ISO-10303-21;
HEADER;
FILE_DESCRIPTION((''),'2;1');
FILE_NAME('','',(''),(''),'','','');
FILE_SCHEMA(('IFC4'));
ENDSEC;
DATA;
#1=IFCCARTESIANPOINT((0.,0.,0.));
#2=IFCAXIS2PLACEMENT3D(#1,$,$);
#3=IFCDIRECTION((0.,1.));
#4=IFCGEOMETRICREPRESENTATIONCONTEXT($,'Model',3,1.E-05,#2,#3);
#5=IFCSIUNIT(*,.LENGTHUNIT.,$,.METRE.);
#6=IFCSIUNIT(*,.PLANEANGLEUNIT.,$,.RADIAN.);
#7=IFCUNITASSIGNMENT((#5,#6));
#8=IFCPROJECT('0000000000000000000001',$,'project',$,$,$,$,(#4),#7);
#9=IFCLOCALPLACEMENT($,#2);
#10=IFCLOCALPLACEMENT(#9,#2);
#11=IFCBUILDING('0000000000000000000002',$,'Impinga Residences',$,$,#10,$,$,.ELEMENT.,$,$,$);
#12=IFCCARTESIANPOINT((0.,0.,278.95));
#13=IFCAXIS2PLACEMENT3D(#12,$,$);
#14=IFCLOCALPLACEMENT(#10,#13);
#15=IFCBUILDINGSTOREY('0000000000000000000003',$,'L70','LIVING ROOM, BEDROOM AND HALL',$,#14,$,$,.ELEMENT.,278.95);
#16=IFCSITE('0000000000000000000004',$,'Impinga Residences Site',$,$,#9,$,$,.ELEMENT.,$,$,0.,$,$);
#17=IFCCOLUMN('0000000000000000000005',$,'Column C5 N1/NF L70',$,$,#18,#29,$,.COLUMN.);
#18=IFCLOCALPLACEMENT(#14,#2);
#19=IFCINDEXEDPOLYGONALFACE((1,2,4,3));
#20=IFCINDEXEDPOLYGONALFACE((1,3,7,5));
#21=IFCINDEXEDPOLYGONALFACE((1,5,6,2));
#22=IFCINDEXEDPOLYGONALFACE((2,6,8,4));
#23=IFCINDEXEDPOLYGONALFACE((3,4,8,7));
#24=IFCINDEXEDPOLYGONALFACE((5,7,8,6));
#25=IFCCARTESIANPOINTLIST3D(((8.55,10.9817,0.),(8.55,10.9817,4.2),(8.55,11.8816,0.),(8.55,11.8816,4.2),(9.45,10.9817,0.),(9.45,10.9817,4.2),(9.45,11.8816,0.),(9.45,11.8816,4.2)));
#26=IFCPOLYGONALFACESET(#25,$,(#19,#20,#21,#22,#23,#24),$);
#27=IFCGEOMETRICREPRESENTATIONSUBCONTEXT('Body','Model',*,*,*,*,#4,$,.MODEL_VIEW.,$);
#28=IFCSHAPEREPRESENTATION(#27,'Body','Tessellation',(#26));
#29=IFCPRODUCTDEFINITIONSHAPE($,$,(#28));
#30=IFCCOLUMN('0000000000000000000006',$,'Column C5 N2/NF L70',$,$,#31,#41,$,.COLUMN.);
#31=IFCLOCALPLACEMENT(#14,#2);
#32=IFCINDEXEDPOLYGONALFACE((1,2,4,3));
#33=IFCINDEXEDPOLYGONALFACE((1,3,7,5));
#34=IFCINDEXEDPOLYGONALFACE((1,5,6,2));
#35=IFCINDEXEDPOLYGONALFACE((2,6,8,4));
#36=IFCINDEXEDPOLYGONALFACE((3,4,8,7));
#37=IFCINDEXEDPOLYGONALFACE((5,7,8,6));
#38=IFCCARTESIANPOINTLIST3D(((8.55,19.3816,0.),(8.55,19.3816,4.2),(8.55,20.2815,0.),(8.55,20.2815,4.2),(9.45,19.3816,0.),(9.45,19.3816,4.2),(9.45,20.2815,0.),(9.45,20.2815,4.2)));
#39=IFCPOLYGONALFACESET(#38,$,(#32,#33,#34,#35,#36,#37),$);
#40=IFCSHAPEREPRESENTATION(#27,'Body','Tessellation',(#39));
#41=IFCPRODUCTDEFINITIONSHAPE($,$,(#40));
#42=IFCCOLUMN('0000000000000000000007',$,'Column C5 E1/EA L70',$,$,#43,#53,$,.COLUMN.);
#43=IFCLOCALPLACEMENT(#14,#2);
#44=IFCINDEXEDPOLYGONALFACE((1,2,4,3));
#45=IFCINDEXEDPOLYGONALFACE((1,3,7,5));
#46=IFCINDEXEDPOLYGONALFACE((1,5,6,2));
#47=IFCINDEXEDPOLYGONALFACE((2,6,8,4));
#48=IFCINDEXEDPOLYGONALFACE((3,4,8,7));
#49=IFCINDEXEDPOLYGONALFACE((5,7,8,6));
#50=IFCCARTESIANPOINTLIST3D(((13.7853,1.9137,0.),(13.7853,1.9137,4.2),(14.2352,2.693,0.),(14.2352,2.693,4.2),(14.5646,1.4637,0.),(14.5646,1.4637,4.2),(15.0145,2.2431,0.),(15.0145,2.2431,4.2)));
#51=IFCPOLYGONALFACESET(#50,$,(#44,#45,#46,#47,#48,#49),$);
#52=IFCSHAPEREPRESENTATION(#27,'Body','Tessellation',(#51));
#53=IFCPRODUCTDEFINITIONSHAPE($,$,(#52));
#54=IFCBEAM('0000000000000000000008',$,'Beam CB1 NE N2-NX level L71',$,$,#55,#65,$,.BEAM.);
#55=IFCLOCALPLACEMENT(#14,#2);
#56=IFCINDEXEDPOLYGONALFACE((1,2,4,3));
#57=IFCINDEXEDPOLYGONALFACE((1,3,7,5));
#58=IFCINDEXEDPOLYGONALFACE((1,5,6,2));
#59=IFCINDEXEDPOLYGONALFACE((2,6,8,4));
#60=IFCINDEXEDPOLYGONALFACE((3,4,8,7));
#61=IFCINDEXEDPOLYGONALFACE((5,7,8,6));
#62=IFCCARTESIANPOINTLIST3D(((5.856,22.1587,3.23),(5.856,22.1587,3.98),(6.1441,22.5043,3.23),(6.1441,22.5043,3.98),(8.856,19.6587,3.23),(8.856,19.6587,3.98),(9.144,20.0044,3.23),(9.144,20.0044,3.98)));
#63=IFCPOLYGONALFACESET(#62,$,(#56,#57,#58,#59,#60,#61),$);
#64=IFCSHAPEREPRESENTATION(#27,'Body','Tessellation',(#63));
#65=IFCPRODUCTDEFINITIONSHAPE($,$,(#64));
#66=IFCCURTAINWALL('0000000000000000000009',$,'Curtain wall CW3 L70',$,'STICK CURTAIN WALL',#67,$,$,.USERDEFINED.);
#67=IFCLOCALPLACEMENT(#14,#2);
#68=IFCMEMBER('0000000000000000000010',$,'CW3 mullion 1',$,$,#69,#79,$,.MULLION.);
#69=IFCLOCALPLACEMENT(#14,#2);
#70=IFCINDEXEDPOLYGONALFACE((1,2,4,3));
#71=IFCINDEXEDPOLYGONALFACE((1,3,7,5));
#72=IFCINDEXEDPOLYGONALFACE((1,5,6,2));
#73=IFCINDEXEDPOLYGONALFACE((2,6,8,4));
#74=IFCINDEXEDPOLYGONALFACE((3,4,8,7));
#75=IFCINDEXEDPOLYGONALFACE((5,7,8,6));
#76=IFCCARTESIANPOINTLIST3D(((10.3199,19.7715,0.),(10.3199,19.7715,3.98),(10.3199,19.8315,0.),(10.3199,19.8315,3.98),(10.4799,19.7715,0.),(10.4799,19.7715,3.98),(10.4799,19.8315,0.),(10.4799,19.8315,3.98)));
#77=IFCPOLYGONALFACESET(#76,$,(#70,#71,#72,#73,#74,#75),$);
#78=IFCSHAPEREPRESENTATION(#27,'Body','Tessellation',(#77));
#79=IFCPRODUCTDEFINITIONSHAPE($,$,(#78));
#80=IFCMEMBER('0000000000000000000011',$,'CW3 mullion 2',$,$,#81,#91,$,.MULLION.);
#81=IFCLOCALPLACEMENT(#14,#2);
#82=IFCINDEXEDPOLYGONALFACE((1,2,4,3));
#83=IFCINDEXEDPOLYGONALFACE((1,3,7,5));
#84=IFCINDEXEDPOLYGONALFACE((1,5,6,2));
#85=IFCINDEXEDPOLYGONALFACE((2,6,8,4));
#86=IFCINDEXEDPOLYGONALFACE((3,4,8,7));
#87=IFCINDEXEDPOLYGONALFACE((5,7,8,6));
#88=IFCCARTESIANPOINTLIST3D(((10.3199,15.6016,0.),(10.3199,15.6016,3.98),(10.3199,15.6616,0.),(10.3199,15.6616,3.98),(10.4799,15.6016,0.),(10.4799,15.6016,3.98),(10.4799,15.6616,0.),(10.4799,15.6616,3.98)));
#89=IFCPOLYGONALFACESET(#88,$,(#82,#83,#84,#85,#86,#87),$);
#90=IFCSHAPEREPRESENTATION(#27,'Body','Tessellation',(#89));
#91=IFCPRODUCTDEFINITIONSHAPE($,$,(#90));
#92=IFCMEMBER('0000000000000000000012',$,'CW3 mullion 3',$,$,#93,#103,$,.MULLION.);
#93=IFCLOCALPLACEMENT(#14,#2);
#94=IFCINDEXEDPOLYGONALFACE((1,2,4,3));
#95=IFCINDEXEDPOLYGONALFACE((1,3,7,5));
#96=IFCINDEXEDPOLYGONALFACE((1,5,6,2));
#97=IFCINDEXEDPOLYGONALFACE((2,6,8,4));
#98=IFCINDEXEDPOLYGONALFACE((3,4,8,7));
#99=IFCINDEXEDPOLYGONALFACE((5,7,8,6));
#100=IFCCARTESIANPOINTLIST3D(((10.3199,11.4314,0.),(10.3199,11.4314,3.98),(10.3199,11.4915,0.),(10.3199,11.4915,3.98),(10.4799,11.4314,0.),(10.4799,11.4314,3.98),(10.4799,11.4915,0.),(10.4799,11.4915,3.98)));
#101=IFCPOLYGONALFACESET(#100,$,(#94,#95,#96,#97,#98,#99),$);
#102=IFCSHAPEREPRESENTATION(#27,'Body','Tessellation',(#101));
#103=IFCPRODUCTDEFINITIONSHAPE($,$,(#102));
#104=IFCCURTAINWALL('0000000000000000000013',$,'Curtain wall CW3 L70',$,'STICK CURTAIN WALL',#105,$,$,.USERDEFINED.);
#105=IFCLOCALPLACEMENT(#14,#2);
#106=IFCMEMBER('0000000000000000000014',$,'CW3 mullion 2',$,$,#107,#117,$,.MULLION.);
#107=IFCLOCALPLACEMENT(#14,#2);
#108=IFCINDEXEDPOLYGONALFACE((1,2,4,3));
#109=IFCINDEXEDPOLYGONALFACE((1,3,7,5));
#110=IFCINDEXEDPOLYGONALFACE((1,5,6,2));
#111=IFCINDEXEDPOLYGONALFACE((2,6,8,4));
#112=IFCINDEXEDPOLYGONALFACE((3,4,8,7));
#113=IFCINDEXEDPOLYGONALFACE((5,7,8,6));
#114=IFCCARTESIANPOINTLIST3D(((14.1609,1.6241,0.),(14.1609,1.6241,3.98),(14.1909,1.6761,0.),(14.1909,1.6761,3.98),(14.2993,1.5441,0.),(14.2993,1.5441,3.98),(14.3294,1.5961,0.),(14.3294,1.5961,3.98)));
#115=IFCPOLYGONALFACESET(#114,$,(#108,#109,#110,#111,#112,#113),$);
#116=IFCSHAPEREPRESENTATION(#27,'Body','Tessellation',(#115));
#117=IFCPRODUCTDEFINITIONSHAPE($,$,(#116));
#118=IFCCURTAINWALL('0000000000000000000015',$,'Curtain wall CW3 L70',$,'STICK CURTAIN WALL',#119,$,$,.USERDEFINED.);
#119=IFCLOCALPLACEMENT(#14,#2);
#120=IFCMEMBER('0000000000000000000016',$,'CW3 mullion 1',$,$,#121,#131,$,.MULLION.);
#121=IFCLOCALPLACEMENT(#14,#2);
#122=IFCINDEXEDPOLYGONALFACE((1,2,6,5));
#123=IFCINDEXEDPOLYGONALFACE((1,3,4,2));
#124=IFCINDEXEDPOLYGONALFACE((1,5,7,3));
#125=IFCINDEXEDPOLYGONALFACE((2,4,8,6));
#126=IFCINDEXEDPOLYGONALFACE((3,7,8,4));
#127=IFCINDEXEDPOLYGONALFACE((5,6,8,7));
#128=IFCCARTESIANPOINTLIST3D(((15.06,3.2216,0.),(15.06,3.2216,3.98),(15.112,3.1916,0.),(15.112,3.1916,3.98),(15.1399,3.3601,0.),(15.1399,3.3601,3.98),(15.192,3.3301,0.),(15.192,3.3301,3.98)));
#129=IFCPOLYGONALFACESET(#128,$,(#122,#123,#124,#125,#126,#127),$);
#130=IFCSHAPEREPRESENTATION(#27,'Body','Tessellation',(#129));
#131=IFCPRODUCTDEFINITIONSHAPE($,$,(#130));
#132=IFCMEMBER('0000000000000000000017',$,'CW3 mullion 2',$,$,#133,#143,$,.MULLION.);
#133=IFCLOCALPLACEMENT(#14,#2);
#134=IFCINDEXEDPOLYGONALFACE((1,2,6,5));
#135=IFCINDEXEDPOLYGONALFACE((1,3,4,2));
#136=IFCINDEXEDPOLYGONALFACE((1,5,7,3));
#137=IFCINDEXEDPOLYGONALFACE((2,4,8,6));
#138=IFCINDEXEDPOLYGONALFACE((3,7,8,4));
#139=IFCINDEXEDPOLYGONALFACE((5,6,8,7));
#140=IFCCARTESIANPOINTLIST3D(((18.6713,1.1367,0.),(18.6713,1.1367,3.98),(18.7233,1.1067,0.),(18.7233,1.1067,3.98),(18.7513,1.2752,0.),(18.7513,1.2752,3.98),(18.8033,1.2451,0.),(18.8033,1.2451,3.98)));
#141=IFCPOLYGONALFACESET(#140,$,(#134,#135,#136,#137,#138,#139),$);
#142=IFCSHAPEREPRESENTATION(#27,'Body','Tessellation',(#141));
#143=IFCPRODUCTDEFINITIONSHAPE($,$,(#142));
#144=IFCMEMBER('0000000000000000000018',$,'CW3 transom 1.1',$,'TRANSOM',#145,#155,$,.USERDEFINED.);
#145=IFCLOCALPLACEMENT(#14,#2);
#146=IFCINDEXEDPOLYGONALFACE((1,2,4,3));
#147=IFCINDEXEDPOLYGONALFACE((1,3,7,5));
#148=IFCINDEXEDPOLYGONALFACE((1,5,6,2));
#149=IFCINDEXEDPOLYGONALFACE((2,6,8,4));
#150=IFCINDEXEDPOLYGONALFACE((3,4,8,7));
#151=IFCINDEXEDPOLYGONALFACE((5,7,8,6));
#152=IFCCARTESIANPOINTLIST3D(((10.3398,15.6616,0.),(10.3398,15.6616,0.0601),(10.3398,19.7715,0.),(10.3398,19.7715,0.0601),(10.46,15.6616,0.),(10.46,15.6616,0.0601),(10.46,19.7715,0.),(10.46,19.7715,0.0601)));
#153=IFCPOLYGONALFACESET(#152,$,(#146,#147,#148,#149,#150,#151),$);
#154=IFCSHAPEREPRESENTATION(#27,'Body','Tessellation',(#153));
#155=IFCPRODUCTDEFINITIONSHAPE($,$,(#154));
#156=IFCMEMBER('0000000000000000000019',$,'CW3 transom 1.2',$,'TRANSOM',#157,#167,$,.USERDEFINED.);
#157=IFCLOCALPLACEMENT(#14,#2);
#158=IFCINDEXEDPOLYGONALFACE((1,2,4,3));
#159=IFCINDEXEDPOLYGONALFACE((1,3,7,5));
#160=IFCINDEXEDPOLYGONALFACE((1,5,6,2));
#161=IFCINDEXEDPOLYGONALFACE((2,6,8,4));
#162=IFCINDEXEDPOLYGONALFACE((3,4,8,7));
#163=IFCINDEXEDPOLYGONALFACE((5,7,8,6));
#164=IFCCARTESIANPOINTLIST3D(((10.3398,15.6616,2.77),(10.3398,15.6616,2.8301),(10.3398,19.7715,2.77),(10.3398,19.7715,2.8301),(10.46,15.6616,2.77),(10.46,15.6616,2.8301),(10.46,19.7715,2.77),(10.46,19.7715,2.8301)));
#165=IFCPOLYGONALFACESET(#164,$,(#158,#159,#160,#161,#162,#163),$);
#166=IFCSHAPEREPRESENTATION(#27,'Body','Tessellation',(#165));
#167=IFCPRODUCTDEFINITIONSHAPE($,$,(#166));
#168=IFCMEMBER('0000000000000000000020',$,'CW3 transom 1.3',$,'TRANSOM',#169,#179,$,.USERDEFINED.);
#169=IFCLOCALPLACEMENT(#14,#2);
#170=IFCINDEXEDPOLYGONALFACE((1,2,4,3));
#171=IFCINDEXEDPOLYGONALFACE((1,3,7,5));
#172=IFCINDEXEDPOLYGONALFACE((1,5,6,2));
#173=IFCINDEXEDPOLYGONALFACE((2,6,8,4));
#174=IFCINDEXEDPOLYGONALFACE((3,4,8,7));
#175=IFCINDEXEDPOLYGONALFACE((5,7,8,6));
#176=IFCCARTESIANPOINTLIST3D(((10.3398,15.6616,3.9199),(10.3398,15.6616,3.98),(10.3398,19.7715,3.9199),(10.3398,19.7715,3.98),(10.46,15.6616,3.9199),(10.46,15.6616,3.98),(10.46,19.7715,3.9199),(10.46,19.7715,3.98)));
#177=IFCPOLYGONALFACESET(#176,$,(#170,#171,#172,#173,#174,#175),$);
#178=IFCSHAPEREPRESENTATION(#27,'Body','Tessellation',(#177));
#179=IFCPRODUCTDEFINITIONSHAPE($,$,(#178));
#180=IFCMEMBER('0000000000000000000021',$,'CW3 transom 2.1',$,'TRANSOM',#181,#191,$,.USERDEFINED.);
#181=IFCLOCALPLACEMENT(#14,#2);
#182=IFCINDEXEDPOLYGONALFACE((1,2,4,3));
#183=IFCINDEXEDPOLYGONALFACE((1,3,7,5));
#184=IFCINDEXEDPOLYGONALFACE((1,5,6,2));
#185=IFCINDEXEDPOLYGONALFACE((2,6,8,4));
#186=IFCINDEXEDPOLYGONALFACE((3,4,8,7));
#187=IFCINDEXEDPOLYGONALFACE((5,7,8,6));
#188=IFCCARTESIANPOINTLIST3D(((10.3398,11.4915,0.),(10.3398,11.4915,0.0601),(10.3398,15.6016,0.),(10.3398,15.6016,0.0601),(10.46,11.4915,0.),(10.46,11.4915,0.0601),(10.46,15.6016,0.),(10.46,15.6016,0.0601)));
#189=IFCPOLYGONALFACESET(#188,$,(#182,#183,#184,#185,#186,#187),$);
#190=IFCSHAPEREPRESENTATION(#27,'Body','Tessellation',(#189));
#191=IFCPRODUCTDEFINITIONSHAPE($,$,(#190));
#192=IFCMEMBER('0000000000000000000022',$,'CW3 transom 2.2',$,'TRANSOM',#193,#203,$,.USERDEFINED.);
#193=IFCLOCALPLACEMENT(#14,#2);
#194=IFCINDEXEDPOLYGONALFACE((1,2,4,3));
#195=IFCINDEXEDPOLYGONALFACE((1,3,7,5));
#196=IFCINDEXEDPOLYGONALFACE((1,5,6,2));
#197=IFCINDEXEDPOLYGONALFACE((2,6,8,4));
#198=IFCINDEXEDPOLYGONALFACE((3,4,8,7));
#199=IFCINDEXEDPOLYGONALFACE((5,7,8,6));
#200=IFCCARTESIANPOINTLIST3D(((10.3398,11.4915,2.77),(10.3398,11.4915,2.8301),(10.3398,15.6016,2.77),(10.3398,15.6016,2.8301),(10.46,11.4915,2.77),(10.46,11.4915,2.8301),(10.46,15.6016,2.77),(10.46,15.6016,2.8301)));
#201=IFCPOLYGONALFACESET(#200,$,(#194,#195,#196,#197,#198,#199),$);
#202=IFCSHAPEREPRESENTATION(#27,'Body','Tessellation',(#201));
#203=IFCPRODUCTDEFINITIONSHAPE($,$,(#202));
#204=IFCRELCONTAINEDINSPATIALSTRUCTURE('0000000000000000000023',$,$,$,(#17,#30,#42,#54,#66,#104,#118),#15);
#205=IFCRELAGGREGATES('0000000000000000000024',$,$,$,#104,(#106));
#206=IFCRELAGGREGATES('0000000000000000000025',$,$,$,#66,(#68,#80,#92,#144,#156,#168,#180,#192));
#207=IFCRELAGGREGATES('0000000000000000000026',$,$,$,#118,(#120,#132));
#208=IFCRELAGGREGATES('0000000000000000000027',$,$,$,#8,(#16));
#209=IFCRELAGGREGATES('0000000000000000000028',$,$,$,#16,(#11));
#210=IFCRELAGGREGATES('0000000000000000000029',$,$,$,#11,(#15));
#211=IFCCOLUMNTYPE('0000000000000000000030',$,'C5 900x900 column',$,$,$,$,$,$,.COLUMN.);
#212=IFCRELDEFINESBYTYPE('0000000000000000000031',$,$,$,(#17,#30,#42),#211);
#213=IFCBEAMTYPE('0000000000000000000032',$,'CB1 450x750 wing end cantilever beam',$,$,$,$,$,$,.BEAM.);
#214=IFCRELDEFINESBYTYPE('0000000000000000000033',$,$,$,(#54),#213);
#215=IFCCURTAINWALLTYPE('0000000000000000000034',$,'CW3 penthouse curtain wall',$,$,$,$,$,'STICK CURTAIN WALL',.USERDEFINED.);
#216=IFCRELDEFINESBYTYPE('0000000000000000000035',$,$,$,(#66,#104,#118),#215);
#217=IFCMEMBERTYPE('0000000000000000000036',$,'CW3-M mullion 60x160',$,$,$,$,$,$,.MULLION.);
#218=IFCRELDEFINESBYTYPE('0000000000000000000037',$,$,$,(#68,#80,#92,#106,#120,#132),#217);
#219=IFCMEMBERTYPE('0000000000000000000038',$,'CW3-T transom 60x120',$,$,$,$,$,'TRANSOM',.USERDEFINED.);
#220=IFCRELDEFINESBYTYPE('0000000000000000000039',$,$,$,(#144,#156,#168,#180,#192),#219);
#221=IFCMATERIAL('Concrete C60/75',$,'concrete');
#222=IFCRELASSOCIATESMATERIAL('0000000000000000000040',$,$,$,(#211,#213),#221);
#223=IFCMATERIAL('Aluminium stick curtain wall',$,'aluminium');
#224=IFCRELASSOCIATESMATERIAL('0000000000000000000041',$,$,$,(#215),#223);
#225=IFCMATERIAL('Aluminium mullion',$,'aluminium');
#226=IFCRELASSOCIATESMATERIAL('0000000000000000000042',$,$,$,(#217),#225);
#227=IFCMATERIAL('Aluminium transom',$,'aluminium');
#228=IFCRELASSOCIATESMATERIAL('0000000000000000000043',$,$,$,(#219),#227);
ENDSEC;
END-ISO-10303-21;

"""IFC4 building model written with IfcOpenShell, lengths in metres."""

from ifc_helpers import new_model, si_unit, direction, frame, origin, origin_2d, place, context, subcontext, project, spatial, rectangle, extrude, material, material_profile, profile_set, type_object, element, aggregate, save


model = new_model("IFC4")

# Units and contexts
model_context = context("Model", 3, precision=1e-05, world=origin(), true_north=direction((0.0, 1.0)))
body_context = subcontext(model_context, "Body", "Model", "MODEL_VIEW")
ifc_project = project(units=[si_unit("LENGTHUNIT", "METRE"), si_unit("PLANEANGLEUNIT", "RADIAN")], contexts=[model_context])

# Site, building, storey
site_placement = place(None, origin())
site = spatial("IfcSite", under=ifc_project, at=site_placement, Name="Impinga Residences Site", CompositionType="ELEMENT", RefElevation=0.0)
building_placement = place(site_placement, origin())
building = spatial("IfcBuilding", under=site, at=building_placement, Name="Impinga Residences", CompositionType="ELEMENT")
storey_placement = place(building_placement, frame((0.0, 0.0, 278.95)))
storey = spatial("IfcBuildingStorey", under=building, at=storey_placement, Name="L70", Description="LIVING ROOM, BEDROOM AND HALL", CompositionType="ELEMENT", Elevation=278.95)

# Columns
ifc_material_1 = material(Name="Concrete C60/75", Category="concrete")
ifc_material_profile_1 = material_profile(ifc_material_1, rectangle(XDim=0.8999, YDim=0.8999, at=origin_2d()), Name="RC 900x900")
ifc_profile_set_1 = profile_set([ifc_material_profile_1], Name="Concrete C60/75")
column_type = type_object("IfcColumnType", Name="C5 900x900 column", PredefinedType="COLUMN", material=ifc_profile_set_1)
for number, where, z_axis, x_axis, name in (
    (1, (9.0, 11.4316, 0.0), (0.0, 0.0, 1.0), (1.0, 0.0, 0.0), "Column C5 N1/NF L70"),
    (2, (9.0, 19.8315, 0.0), (0.0, 0.0, 1.0), (1.0, 0.0, 0.0), "Column C5 N2/NF L70"),
    (3, (14.3999, 2.0784, 0.0), (0.0, 0.0, 1.0), (-0.5, -0.866025, 0.0), "Column C5 E1/EA L70"),
):
    element("IfcColumn", number, at=place(storey_placement, frame(where, z_axis=z_axis, x_axis=x_axis)), inside=storey, type_object=column_type, Name=name, PredefinedType="COLUMN", context=body_context, shape_type="SweptSolid", body=[
        extrude(rectangle(XDim=0.8999, YDim=0.8999, at=origin_2d()), origin(), (0.0, 0.0, 1.0), 4.2),
    ])

# Beam
ifc_material_profile_2 = material_profile(ifc_material_1, rectangle(XDim=0.45, YDim=0.75, at=origin_2d()), Name="RC 450x750")
ifc_profile_set_2 = profile_set([ifc_material_profile_2], Name="Concrete C60/75")
beam_type_1 = type_object("IfcBeamType", Name="CB1 450x750 wing end cantilever beam", PredefinedType="BEAM", material=ifc_profile_set_2)
beam_placement = place(storey_placement, frame((9.0, 19.8315, 3.605), z_axis=(-0.768221, 0.640184, 0.0), x_axis=(-0.640184, -0.768221, 0.0)))
element("IfcBeam", 4, at=beam_placement, inside=storey, type_object=beam_type_1, Name="Beam CB1 NE N2-NX level L71", PredefinedType="BEAM", context=body_context, shape_type="SweptSolid", body=[
    extrude(rectangle(XDim=0.45, YDim=0.75, at=origin_2d()), origin(), (0.0, 0.0, 1.0), 3.905),
])

# Curtain wall, members
ifc_material_2 = material(Name="Aluminium stick curtain wall", Category="aluminium")
curtain_wall_type = type_object("IfcCurtainWallType", Name="CW3 penthouse curtain wall", ElementType="STICK CURTAIN WALL", PredefinedType="USERDEFINED", material=ifc_material_2)
curtain_wall_1_placement = place(storey_placement, origin())
curtain_wall_1 = element("IfcCurtainWall", 5, at=curtain_wall_1_placement, inside=storey, type_object=curtain_wall_type, Name="Curtain wall CW3 L70", ObjectType="STICK CURTAIN WALL", PredefinedType="USERDEFINED")
ifc_material_3 = material(Name="Aluminium mullion", Category="aluminium")
ifc_material_profile_3 = material_profile(ifc_material_3, rectangle(XDim=0.0601, YDim=0.1599, at=origin_2d()), Name="60x160 mullion")
ifc_profile_set_3 = profile_set([ifc_material_profile_3], Name="Aluminium mullion")
member_type_1 = type_object("IfcMemberType", Name="CW3-M mullion 60x160", PredefinedType="MULLION", material=ifc_profile_set_3)
member_1_placement = place(storey_placement, frame((10.3999, 19.8015, 0.0), z_axis=(0.0, 0.0, 1.0), x_axis=(0.0, -1.0, 0.0)))
member_1 = element("IfcMember", 6, at=member_1_placement, type_object=member_type_1, Name="CW3 mullion 1", PredefinedType="MULLION", context=body_context, shape_type="SweptSolid", body=[
    extrude(rectangle(XDim=0.0601, YDim=0.1599, at=origin_2d()), origin(), (0.0, 0.0, 1.0), 3.98),
])
member_2_placement = place(storey_placement, frame((10.3999, 15.6316, 0.0), z_axis=(0.0, 0.0, 1.0), x_axis=(0.0, -1.0, 0.0)))
member_2 = element("IfcMember", 7, at=member_2_placement, type_object=member_type_1, Name="CW3 mullion 2", PredefinedType="MULLION", context=body_context, shape_type="SweptSolid", body=[
    extrude(rectangle(XDim=0.0601, YDim=0.1599, at=origin_2d()), origin(), (0.0, 0.0, 1.0), 3.98),
])
member_3_placement = place(storey_placement, frame((10.3999, 11.4614, 0.0), z_axis=(0.0, 0.0, 1.0), x_axis=(0.0, -1.0, 0.0)))
member_3 = element("IfcMember", 8, at=member_3_placement, type_object=member_type_1, Name="CW3 mullion 3", PredefinedType="MULLION", context=body_context, shape_type="SweptSolid", body=[
    extrude(rectangle(XDim=0.0601, YDim=0.1599, at=origin_2d()), origin(), (0.0, 0.0, 1.0), 3.98),
])

# Curtain wall, member
curtain_wall_2_placement = place(storey_placement, origin())
curtain_wall_2 = element("IfcCurtainWall", 9, at=curtain_wall_2_placement, inside=storey, type_object=curtain_wall_type, Name="Curtain wall CW3 L70", ObjectType="STICK CURTAIN WALL", PredefinedType="USERDEFINED")
member_4_placement = place(storey_placement, frame((14.2451, 1.6101, 0.0), z_axis=(0.0, 0.0, 1.0), x_axis=(0.5, 0.866025, 0.0)))
member_4 = element("IfcMember", 10, at=member_4_placement, type_object=member_type_1, Name="CW3 mullion 2", PredefinedType="MULLION", context=body_context, shape_type="SweptSolid", body=[
    extrude(rectangle(XDim=0.0601, YDim=0.1599, at=origin_2d()), origin(), (0.0, 0.0, 1.0), 3.98),
])
aggregate(curtain_wall_2, [member_4])

# Curtain wall, members
curtain_wall_3_placement = place(storey_placement, origin())
curtain_wall_3 = element("IfcCurtainWall", 11, at=curtain_wall_3_placement, inside=storey, type_object=curtain_wall_type, Name="Curtain wall CW3 L70", ObjectType="STICK CURTAIN WALL", PredefinedType="USERDEFINED")
member_5_placement = place(storey_placement, frame((15.126, 3.2759, 0.0), z_axis=(0.0, 0.0, 1.0), x_axis=(0.866025, -0.5, 0.0)))
member_5 = element("IfcMember", 12, at=member_5_placement, type_object=member_type_1, Name="CW3 mullion 1", PredefinedType="MULLION", context=body_context, shape_type="SweptSolid", body=[
    extrude(rectangle(XDim=0.0601, YDim=0.1599, at=origin_2d()), origin(), (0.0, 0.0, 1.0), 3.98),
])
member_6_placement = place(storey_placement, frame((18.7373, 1.1909, 0.0), z_axis=(0.0, 0.0, 1.0), x_axis=(0.866025, -0.5, 0.0)))
member_6 = element("IfcMember", 13, at=member_6_placement, type_object=member_type_1, Name="CW3 mullion 2", PredefinedType="MULLION", context=body_context, shape_type="SweptSolid", body=[
    extrude(rectangle(XDim=0.0601, YDim=0.1599, at=origin_2d()), origin(), (0.0, 0.0, 1.0), 3.98),
])

# Members
ifc_material_4 = material(Name="Aluminium transom", Category="aluminium")
ifc_material_profile_4 = material_profile(ifc_material_4, rectangle(XDim=0.0601, YDim=0.1201, at=origin_2d()), Name="60x120 transom")
ifc_profile_set_4 = profile_set([ifc_material_profile_4], Name="Aluminium transom")
member_type_2 = type_object("IfcMemberType", Name="CW3-T transom 60x120", ElementType="TRANSOM", PredefinedType="USERDEFINED", material=ifc_profile_set_4)
member_7_placement = place(storey_placement, frame((10.3999, 19.7715, 0.03), z_axis=(0.0, -1.0, 0.0), x_axis=(0.0, 0.0, 1.0)))
member_7 = element("IfcMember", 14, at=member_7_placement, type_object=member_type_2, Name="CW3 transom 1.1", ObjectType="TRANSOM", PredefinedType="USERDEFINED", context=body_context, shape_type="SweptSolid", body=[
    extrude(rectangle(XDim=0.0601, YDim=0.1201, at=origin_2d()), origin(), (0.0, 0.0, 1.0), 4.1099),
])
member_8_placement = place(storey_placement, frame((10.3999, 19.7715, 2.8), z_axis=(0.0, -1.0, 0.0), x_axis=(0.0, 0.0, 1.0)))
member_8 = element("IfcMember", 15, at=member_8_placement, type_object=member_type_2, Name="CW3 transom 1.2", ObjectType="TRANSOM", PredefinedType="USERDEFINED", context=body_context, shape_type="SweptSolid", body=[
    extrude(rectangle(XDim=0.0601, YDim=0.1201, at=origin_2d()), origin(), (0.0, 0.0, 1.0), 4.1099),
])
member_9_placement = place(storey_placement, frame((10.3999, 19.7715, 3.95), z_axis=(0.0, -1.0, 0.0), x_axis=(0.0, 0.0, 1.0)))
member_9 = element("IfcMember", 16, at=member_9_placement, type_object=member_type_2, Name="CW3 transom 1.3", ObjectType="TRANSOM", PredefinedType="USERDEFINED", context=body_context, shape_type="SweptSolid", body=[
    extrude(rectangle(XDim=0.0601, YDim=0.1201, at=origin_2d()), origin(), (0.0, 0.0, 1.0), 4.1099),
])
member_10_placement = place(storey_placement, frame((10.3999, 15.6016, 0.03), z_axis=(0.0, -1.0, 0.0), x_axis=(0.0, 0.0, 1.0)))
member_10 = element("IfcMember", 17, at=member_10_placement, type_object=member_type_2, Name="CW3 transom 2.1", ObjectType="TRANSOM", PredefinedType="USERDEFINED", context=body_context, shape_type="SweptSolid", body=[
    extrude(rectangle(XDim=0.0601, YDim=0.1201, at=origin_2d()), origin(), (0.0, 0.0, 1.0), 4.1101),
])
member_11_placement = place(storey_placement, frame((10.3999, 15.6016, 2.8), z_axis=(0.0, -1.0, 0.0), x_axis=(0.0, 0.0, 1.0)))
member_11 = element("IfcMember", 18, at=member_11_placement, type_object=member_type_2, Name="CW3 transom 2.2", ObjectType="TRANSOM", PredefinedType="USERDEFINED", context=body_context, shape_type="SweptSolid", body=[
    extrude(rectangle(XDim=0.0601, YDim=0.1201, at=origin_2d()), origin(), (0.0, 0.0, 1.0), 4.1101),
])

aggregate(curtain_wall_1, [member_1, member_2, member_3, member_7, member_8, member_9, member_10, member_11])
aggregate(curtain_wall_3, [member_5, member_6])

save(model, "model.ifc")
